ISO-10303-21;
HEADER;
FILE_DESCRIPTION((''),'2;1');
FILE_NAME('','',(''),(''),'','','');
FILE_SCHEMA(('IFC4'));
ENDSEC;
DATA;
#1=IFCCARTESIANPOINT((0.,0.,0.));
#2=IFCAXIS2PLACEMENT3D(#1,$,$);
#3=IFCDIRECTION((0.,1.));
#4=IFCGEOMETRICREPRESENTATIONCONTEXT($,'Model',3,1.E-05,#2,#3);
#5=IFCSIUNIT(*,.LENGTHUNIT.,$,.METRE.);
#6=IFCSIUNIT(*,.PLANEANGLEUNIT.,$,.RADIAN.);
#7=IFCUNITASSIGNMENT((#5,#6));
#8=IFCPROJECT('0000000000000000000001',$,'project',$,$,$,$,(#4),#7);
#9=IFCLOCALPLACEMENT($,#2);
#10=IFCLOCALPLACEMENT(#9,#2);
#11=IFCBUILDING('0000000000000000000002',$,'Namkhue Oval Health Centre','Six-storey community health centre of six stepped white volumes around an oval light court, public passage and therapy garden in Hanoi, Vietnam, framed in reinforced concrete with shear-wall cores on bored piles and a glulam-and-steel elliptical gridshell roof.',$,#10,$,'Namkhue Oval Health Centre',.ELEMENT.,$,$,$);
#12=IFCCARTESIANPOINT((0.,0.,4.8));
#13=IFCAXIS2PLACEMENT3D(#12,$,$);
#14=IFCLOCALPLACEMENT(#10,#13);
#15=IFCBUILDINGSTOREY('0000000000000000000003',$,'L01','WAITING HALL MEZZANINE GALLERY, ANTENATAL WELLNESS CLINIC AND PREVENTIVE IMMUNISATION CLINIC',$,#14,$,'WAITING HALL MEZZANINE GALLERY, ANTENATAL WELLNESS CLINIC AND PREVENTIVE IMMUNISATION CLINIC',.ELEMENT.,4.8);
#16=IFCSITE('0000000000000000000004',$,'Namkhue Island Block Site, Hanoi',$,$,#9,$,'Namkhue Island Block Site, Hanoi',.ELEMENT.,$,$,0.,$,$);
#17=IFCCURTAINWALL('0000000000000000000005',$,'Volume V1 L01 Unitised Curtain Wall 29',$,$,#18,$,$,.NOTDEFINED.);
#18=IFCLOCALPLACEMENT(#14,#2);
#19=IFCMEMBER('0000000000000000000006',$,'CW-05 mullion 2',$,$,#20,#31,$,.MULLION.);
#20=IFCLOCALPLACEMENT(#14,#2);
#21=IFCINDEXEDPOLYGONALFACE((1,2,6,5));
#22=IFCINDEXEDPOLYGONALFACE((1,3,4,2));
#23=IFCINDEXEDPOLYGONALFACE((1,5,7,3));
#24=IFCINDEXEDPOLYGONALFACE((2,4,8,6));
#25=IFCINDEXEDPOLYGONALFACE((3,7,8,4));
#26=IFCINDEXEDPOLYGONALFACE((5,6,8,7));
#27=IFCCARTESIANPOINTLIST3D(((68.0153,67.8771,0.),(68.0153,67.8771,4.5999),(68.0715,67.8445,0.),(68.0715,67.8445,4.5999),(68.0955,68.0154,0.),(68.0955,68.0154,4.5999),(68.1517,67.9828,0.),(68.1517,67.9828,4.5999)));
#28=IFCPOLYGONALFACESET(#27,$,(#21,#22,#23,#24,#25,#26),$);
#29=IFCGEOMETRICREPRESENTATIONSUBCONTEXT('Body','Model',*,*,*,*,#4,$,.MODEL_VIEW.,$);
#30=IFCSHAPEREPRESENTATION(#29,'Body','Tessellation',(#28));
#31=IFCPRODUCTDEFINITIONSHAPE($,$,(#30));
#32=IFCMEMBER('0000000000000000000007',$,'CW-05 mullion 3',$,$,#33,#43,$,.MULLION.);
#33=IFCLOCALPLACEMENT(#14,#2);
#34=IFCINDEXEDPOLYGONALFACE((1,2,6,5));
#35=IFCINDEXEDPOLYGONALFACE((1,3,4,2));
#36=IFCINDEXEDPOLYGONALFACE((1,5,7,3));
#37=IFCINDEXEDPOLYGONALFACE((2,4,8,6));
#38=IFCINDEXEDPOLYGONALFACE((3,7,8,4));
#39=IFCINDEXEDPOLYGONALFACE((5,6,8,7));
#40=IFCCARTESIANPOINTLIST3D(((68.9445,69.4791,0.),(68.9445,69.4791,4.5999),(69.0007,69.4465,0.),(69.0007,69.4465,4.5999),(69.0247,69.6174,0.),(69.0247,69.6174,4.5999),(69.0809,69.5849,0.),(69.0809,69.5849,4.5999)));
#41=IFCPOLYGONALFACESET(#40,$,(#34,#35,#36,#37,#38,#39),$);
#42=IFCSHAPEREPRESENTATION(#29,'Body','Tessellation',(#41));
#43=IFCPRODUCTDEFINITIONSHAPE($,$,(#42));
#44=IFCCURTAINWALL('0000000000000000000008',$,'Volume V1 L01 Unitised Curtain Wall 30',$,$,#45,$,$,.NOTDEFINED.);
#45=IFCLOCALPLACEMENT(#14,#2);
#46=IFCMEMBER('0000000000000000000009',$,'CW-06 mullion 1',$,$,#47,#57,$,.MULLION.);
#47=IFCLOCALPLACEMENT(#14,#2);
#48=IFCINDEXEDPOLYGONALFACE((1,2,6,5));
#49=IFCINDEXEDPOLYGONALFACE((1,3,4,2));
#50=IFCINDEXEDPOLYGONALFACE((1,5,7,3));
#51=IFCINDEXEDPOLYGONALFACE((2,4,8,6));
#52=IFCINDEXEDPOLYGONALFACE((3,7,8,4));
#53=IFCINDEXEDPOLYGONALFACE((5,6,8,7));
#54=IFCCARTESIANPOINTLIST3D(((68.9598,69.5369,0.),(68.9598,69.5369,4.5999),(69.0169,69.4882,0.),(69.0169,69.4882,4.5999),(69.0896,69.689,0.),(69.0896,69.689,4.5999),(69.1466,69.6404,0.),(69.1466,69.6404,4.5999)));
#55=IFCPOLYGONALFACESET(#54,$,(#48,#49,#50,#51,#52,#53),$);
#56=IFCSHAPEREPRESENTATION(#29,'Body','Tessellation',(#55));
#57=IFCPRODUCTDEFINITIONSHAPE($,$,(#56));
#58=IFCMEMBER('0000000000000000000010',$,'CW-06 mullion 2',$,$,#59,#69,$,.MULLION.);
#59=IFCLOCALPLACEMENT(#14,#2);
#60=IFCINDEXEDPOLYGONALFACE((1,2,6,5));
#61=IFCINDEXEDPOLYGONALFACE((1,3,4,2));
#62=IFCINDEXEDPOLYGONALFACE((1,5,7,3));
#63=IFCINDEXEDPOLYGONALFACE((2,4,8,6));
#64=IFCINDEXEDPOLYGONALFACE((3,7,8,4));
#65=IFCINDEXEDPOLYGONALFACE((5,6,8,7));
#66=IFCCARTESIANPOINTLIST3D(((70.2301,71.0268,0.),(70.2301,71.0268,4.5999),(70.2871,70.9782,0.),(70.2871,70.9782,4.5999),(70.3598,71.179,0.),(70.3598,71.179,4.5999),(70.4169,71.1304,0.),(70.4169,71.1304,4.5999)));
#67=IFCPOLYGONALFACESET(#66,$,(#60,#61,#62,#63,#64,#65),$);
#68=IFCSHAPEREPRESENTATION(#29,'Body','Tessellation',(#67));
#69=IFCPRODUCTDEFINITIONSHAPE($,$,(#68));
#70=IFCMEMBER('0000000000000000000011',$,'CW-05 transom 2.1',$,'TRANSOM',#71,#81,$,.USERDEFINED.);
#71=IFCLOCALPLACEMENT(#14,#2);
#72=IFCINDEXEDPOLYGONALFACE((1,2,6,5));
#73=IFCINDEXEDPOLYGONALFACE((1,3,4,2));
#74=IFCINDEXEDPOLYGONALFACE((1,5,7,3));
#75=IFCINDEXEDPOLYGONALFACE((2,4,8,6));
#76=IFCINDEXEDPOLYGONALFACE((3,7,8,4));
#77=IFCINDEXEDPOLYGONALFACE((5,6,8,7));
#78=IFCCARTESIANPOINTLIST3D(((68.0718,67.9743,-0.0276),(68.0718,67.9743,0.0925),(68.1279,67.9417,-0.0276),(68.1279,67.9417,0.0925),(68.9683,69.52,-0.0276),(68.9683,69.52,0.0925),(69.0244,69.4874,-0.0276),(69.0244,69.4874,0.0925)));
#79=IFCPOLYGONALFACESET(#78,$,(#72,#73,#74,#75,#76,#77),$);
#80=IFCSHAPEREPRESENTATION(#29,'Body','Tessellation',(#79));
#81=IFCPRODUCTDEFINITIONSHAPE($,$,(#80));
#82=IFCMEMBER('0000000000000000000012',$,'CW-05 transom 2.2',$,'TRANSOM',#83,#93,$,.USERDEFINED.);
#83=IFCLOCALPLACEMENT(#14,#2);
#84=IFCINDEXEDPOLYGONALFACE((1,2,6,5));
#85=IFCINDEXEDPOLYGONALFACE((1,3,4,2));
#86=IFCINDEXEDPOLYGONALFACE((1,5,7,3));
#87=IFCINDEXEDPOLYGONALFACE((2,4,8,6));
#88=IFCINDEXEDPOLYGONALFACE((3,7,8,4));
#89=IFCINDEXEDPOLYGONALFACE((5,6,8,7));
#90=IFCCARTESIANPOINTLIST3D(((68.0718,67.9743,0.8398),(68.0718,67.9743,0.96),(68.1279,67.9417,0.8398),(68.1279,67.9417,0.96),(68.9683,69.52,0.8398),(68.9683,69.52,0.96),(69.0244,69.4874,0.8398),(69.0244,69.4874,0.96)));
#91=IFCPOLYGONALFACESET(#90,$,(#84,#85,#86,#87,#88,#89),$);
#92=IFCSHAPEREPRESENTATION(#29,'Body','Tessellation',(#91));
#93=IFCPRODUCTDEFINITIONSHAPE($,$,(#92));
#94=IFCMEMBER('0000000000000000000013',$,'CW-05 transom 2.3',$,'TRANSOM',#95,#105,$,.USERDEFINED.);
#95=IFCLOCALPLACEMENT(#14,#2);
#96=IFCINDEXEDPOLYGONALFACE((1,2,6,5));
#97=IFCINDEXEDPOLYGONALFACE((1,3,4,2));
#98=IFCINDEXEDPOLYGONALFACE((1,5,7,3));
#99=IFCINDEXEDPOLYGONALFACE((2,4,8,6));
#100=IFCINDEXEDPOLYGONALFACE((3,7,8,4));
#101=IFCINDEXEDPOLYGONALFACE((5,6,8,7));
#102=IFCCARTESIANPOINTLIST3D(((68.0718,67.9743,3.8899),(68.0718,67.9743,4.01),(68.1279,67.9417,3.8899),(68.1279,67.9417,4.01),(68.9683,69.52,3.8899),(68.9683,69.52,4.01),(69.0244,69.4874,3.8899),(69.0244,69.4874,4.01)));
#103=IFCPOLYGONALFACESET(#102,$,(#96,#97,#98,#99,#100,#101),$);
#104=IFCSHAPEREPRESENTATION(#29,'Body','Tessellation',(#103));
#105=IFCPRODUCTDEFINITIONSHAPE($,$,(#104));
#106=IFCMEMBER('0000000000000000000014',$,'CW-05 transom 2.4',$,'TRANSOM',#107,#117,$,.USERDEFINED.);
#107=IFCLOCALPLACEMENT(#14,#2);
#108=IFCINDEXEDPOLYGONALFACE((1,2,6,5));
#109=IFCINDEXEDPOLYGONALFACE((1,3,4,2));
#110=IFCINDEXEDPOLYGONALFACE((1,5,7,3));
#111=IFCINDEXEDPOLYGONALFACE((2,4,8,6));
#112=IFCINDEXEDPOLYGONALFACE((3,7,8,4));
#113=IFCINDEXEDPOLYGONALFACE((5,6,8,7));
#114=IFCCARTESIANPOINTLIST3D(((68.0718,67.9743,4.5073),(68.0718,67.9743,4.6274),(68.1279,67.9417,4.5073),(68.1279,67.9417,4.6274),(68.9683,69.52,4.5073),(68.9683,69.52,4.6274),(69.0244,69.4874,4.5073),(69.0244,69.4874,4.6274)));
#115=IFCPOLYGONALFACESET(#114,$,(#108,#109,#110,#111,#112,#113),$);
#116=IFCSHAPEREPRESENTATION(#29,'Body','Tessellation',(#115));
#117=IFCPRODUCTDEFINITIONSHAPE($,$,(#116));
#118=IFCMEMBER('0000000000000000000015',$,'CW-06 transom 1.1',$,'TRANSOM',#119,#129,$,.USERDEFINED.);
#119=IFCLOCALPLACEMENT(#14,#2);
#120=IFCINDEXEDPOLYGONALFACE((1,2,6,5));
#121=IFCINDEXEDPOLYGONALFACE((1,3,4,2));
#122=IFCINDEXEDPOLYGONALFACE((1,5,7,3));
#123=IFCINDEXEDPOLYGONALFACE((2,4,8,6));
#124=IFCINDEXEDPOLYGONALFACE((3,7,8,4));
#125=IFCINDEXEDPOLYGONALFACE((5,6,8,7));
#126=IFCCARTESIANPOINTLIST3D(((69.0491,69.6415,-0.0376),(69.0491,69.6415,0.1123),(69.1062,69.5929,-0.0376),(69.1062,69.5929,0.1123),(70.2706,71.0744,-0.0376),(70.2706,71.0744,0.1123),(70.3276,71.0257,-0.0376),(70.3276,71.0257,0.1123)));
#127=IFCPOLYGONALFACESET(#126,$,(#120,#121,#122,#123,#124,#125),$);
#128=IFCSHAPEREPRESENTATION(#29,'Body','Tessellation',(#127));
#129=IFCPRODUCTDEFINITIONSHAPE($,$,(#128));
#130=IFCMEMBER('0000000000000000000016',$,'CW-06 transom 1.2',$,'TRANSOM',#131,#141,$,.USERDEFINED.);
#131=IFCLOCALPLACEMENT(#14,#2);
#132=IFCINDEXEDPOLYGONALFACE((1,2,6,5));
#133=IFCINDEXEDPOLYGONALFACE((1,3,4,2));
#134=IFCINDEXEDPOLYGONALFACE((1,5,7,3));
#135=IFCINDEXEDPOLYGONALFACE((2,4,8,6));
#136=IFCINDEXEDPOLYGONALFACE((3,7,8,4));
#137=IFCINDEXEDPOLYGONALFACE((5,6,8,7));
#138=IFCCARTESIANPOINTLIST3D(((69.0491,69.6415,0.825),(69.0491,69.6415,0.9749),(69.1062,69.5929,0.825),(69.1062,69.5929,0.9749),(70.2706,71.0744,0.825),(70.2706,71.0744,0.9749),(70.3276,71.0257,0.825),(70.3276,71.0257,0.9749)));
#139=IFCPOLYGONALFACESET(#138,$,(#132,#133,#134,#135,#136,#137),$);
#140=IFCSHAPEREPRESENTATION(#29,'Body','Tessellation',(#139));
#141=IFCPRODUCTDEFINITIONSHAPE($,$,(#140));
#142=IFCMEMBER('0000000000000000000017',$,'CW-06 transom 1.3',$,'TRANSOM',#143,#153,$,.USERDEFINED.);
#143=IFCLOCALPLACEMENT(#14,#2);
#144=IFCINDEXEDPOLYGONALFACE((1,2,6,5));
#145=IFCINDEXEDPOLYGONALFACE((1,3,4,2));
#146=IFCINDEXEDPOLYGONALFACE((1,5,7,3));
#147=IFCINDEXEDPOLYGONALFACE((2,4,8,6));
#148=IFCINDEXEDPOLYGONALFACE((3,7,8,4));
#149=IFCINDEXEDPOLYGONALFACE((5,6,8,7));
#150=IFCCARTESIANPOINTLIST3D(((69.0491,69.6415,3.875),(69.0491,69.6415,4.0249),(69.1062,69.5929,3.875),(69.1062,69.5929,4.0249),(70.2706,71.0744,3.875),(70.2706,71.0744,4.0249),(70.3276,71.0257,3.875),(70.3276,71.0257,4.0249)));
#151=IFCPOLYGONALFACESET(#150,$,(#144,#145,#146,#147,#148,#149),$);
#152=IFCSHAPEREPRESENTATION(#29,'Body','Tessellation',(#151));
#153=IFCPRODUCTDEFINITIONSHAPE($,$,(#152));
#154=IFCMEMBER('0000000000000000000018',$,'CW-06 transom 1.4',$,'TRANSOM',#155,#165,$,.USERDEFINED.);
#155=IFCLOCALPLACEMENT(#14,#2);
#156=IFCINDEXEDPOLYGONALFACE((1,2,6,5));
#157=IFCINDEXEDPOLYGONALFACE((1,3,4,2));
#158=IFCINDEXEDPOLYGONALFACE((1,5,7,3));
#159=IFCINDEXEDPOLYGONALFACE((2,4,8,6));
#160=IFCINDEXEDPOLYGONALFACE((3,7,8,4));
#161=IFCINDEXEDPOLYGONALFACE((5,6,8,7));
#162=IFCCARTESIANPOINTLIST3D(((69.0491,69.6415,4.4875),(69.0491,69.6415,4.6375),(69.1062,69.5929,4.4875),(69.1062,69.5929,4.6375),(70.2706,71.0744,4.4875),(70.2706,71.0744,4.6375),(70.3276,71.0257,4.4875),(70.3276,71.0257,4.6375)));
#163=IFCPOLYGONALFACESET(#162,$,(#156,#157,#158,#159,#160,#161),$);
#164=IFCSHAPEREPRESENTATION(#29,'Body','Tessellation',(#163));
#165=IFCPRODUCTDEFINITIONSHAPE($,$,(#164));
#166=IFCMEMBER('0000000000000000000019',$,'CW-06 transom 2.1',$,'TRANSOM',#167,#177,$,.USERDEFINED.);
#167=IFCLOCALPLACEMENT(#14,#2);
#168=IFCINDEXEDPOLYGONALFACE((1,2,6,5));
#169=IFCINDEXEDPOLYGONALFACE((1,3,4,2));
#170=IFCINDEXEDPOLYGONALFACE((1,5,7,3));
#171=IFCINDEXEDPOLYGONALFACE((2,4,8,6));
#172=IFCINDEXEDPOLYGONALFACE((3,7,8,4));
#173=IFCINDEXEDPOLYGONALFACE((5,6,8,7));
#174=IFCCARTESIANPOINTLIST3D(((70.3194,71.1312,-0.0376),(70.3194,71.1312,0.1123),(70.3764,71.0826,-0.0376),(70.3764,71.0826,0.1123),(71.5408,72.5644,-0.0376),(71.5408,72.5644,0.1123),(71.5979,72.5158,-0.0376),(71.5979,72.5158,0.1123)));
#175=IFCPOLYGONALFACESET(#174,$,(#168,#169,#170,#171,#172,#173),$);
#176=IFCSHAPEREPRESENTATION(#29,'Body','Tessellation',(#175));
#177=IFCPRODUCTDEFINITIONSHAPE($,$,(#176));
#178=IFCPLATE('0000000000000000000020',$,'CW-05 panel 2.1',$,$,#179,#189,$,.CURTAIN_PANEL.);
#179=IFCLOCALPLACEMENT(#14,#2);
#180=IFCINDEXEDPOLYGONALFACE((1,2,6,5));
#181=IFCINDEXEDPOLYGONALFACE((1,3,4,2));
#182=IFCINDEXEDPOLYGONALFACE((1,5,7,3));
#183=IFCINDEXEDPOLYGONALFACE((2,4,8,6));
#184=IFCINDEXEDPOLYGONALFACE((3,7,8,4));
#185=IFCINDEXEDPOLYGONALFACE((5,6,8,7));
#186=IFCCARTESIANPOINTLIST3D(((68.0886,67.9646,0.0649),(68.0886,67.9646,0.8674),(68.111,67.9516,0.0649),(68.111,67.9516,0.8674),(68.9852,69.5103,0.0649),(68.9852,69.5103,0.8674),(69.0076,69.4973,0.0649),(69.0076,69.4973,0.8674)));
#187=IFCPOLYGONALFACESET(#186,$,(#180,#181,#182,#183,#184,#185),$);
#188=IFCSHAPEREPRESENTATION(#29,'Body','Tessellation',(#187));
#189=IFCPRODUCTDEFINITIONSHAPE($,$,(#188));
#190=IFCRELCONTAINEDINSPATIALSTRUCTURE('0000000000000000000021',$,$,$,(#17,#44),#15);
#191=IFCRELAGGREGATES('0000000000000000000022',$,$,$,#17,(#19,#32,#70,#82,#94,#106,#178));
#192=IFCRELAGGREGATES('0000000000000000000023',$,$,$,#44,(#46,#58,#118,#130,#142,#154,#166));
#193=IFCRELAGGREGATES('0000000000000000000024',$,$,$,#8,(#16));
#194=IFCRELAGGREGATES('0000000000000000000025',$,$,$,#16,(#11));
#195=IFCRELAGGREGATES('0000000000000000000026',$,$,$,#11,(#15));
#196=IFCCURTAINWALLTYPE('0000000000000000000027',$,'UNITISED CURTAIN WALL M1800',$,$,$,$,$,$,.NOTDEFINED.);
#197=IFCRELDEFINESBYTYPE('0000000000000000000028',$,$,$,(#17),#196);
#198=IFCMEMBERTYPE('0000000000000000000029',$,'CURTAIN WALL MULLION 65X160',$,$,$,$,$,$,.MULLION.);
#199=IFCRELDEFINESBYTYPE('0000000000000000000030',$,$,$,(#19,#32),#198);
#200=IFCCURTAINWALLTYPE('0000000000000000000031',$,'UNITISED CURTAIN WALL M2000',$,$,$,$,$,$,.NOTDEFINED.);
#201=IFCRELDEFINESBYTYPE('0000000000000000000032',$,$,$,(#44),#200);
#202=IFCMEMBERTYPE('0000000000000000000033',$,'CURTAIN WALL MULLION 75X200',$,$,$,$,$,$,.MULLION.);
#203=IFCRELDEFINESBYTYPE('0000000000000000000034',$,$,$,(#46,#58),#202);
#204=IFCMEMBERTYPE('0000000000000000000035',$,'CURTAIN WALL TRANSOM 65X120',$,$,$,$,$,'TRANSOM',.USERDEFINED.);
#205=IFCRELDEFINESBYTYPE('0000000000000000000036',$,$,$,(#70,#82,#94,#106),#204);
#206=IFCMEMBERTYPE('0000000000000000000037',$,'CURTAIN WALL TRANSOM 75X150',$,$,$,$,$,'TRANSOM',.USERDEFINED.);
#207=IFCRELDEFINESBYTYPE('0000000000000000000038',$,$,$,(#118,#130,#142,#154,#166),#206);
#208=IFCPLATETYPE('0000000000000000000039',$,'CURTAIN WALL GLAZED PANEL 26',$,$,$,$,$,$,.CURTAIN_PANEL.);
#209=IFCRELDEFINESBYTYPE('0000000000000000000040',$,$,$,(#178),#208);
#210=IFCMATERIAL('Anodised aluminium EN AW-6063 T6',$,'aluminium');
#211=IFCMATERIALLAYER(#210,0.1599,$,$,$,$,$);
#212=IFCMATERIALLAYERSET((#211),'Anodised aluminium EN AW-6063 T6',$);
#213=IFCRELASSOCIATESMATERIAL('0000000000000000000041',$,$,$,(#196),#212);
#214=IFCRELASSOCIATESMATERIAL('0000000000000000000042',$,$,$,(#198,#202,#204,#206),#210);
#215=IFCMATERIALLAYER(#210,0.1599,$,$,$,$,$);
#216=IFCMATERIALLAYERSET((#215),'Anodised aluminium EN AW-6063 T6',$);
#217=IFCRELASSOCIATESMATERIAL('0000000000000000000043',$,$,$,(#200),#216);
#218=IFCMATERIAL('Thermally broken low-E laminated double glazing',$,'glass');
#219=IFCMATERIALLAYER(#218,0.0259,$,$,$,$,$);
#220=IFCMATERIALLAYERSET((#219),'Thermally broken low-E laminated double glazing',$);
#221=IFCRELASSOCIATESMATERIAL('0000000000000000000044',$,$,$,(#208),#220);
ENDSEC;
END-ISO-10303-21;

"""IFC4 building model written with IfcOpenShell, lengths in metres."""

from ifc_helpers import new_model, si_unit, direction, frame, origin, origin_2d, place, context, subcontext, project, spatial, rectangle, extrude, material, layer, layer_set, material_profile, profile_set, type_object, element, aggregate, save


model = new_model("IFC4")

# Units and contexts
model_context = context("Model", 3, precision=1e-05, world=origin(), true_north=direction((0.0, 1.0)))
body_context = subcontext(model_context, "Body", "Model", "MODEL_VIEW")
ifc_project = project(units=[si_unit("LENGTHUNIT", "METRE"), si_unit("PLANEANGLEUNIT", "RADIAN")], contexts=[model_context])

# Site, building, storey
site_placement = place(None, origin())
site = spatial("IfcSite", under=ifc_project, at=site_placement, Name="Namkhue Island Block Site, Hanoi", LongName="Namkhue Island Block Site, Hanoi", CompositionType="ELEMENT", RefElevation=0.0)
building_placement = place(site_placement, origin())
building = spatial("IfcBuilding", under=site, at=building_placement, Name="Namkhue Oval Health Centre", Description="Six-storey community health centre of six stepped white volumes around an oval light court, public passage and therapy garden in Hanoi, Vietnam, framed in reinforced concrete with shear-wall cores on bored piles and a glulam-and-steel elliptical gridshell roof.", LongName="Namkhue Oval Health Centre", CompositionType="ELEMENT")
storey_placement = place(building_placement, frame((0.0, 0.0, 4.8)))
storey = spatial("IfcBuildingStorey", under=building, at=storey_placement, Name="L01", Description="WAITING HALL MEZZANINE GALLERY, ANTENATAL WELLNESS CLINIC AND PREVENTIVE IMMUNISATION CLINIC", LongName="WAITING HALL MEZZANINE GALLERY, ANTENATAL WELLNESS CLINIC AND PREVENTIVE IMMUNISATION CLINIC", CompositionType="ELEMENT", Elevation=4.8)

# Curtain walls, members
ifc_material_1 = material(Name="Anodised aluminium EN AW-6063 T6", Category="aluminium")
ifc_layer_1 = layer(ifc_material_1, 0.1599)
ifc_layer_set_1 = layer_set([ifc_layer_1], Name="Anodised aluminium EN AW-6063 T6")
curtain_wall_type_1 = type_object("IfcCurtainWallType", Name="UNITISED CURTAIN WALL M1800", PredefinedType="NOTDEFINED", material=ifc_layer_set_1)
curtain_wall_1_placement = place(storey_placement, origin())
curtain_wall_1 = element("IfcCurtainWall", 1, at=curtain_wall_1_placement, inside=storey, type_object=curtain_wall_type_1, Name="Volume V1 L01 Unitised Curtain Wall 29", PredefinedType="NOTDEFINED")
ifc_material_profile_1 = material_profile(ifc_material_1, rectangle(XDim=0.0649, YDim=0.1599, at=origin_2d()), Name="ALU 65x160")
ifc_profile_set_1 = profile_set([ifc_material_profile_1], Name="Anodised aluminium EN AW-6063 T6")
member_type_1 = type_object("IfcMemberType", Name="CURTAIN WALL MULLION 65X160", PredefinedType="MULLION", material=ifc_profile_set_1)
member_1_placement = place(storey_placement, frame((68.0835, 67.9299, 0.0), z_axis=(0.0, 0.0, 1.0), x_axis=(-0.865008, 0.501758, 0.0)))
member_1 = element("IfcMember", 2, at=member_1_placement, type_object=member_type_1, Name="CW-05 mullion 2", PredefinedType="MULLION", context=body_context, shape_type="SweptSolid", body=[
    extrude(rectangle(XDim=0.0649, YDim=0.1599, at=origin_2d()), origin(), (0.0, 0.0, 1.0), 4.5999),
])
member_2_placement = place(storey_placement, frame((69.0127, 69.532, 0.0), z_axis=(0.0, 0.0, 1.0), x_axis=(-0.865008, 0.501758, 0.0)))
member_2 = element("IfcMember", 3, at=member_2_placement, type_object=member_type_1, Name="CW-05 mullion 3", PredefinedType="MULLION", context=body_context, shape_type="SweptSolid", body=[
    extrude(rectangle(XDim=0.0649, YDim=0.1599, at=origin_2d()), origin(), (0.0, 0.0, 1.0), 4.5999),
])
ifc_layer_2 = layer(ifc_material_1, 0.1599)
ifc_layer_set_2 = layer_set([ifc_layer_2], Name="Anodised aluminium EN AW-6063 T6")
curtain_wall_type_2 = type_object("IfcCurtainWallType", Name="UNITISED CURTAIN WALL M2000", PredefinedType="NOTDEFINED", material=ifc_layer_set_2)
curtain_wall_2_placement = place(storey_placement, origin())
curtain_wall_2 = element("IfcCurtainWall", 4, at=curtain_wall_2_placement, inside=storey, type_object=curtain_wall_type_2, Name="Volume V1 L01 Unitised Curtain Wall 30", PredefinedType="NOTDEFINED")
ifc_material_profile_2 = material_profile(ifc_material_1, rectangle(XDim=0.075, YDim=0.2, at=origin_2d()), Name="ALU 75x200")
ifc_profile_set_2 = profile_set([ifc_material_profile_2], Name="Anodised aluminium EN AW-6063 T6")
member_type_2 = type_object("IfcMemberType", Name="CURTAIN WALL MULLION 75X200", PredefinedType="MULLION", material=ifc_profile_set_2)
member_3_placement = place(storey_placement, frame((69.0532, 69.5886, 0.0), z_axis=(0.0, 0.0, 1.0), x_axis=(-0.761005, 0.648746, 0.0)))
member_3 = element("IfcMember", 5, at=member_3_placement, type_object=member_type_2, Name="CW-06 mullion 1", PredefinedType="MULLION", context=body_context, shape_type="SweptSolid", body=[
    extrude(rectangle(XDim=0.075, YDim=0.2, at=origin_2d()), origin(), (0.0, 0.0, 1.0), 4.5999),
])
member_4_placement = place(storey_placement, frame((70.3235, 71.0786, 0.0), z_axis=(0.0, 0.0, 1.0), x_axis=(-0.761005, 0.648746, 0.0)))
member_4 = element("IfcMember", 6, at=member_4_placement, type_object=member_type_2, Name="CW-06 mullion 2", PredefinedType="MULLION", context=body_context, shape_type="SweptSolid", body=[
    extrude(rectangle(XDim=0.075, YDim=0.2, at=origin_2d()), origin(), (0.0, 0.0, 1.0), 4.5999),
])

# Members
ifc_material_profile_3 = material_profile(ifc_material_1, rectangle(XDim=0.0649, YDim=0.1201, at=origin_2d()), Name="ALU 65x120")
ifc_profile_set_3 = profile_set([ifc_material_profile_3], Name="Anodised aluminium EN AW-6063 T6")
member_type_3 = type_object("IfcMemberType", Name="CURTAIN WALL TRANSOM 65X120", ElementType="TRANSOM", PredefinedType="USERDEFINED", material=ifc_profile_set_3)
member_5_placement = place(storey_placement, frame((68.0999, 67.958, 0.0325), z_axis=(0.50172, 0.86503, 0.0), x_axis=(-0.86503, 0.50172, 0.0)))
member_5 = element("IfcMember", 7, at=member_5_placement, type_object=member_type_3, Name="CW-05 transom 2.1", ObjectType="TRANSOM", PredefinedType="USERDEFINED", context=body_context, shape_type="SweptSolid", body=[
    extrude(rectangle(XDim=0.0649, YDim=0.1201, at=origin_2d()), origin(), (0.0, 0.0, 1.0), 1.7869),
])
member_6_placement = place(storey_placement, frame((68.0999, 67.958, 0.8999), z_axis=(0.50172, 0.86503, 0.0), x_axis=(-0.86503, 0.50172, 0.0)))
member_6 = element("IfcMember", 8, at=member_6_placement, type_object=member_type_3, Name="CW-05 transom 2.2", ObjectType="TRANSOM", PredefinedType="USERDEFINED", context=body_context, shape_type="SweptSolid", body=[
    extrude(rectangle(XDim=0.0649, YDim=0.1201, at=origin_2d()), origin(), (0.0, 0.0, 1.0), 1.7869),
])
member_7_placement = place(storey_placement, frame((68.0999, 67.958, 3.95), z_axis=(0.50172, 0.86503, 0.0), x_axis=(-0.86503, 0.50172, 0.0)))
member_7 = element("IfcMember", 9, at=member_7_placement, type_object=member_type_3, Name="CW-05 transom 2.3", ObjectType="TRANSOM", PredefinedType="USERDEFINED", context=body_context, shape_type="SweptSolid", body=[
    extrude(rectangle(XDim=0.0649, YDim=0.1201, at=origin_2d()), origin(), (0.0, 0.0, 1.0), 1.7869),
])
member_8_placement = place(storey_placement, frame((68.0999, 67.958, 4.5674), z_axis=(0.50172, 0.86503, 0.0), x_axis=(-0.86503, 0.50172, 0.0)))
member_8 = element("IfcMember", 10, at=member_8_placement, type_object=member_type_3, Name="CW-05 transom 2.4", ObjectType="TRANSOM", PredefinedType="USERDEFINED", context=body_context, shape_type="SweptSolid", body=[
    extrude(rectangle(XDim=0.0649, YDim=0.1201, at=origin_2d()), origin(), (0.0, 0.0, 1.0), 1.7869),
])
ifc_material_profile_4 = material_profile(ifc_material_1, rectangle(XDim=0.075, YDim=0.1499, at=origin_2d()), Name="ALU 75x150")
ifc_profile_set_4 = profile_set([ifc_material_profile_4], Name="Anodised aluminium EN AW-6063 T6")
member_type_4 = type_object("IfcMemberType", Name="CURTAIN WALL TRANSOM 75X150", ElementType="TRANSOM", PredefinedType="USERDEFINED", material=ifc_profile_set_4)
member_9_placement = place(storey_placement, frame((69.0776, 69.6172, 0.0374), z_axis=(0.648728, 0.76102, 0.0), x_axis=(-0.76102, 0.648728, 0.0)))
member_9 = element("IfcMember", 11, at=member_9_placement, type_object=member_type_4, Name="CW-06 transom 1.1", ObjectType="TRANSOM", PredefinedType="USERDEFINED", context=body_context, shape_type="SweptSolid", body=[
    extrude(rectangle(XDim=0.075, YDim=0.1499, at=origin_2d()), origin(), (0.0, 0.0, 1.0), 1.8828),
])
member_10_placement = place(storey_placement, frame((69.0776, 69.6172, 0.8999), z_axis=(0.648728, 0.76102, 0.0), x_axis=(-0.76102, 0.648728, 0.0)))
member_10 = element("IfcMember", 12, at=member_10_placement, type_object=member_type_4, Name="CW-06 transom 1.2", ObjectType="TRANSOM", PredefinedType="USERDEFINED", context=body_context, shape_type="SweptSolid", body=[
    extrude(rectangle(XDim=0.075, YDim=0.1499, at=origin_2d()), origin(), (0.0, 0.0, 1.0), 1.8828),
])
member_11_placement = place(storey_placement, frame((69.0776, 69.6172, 3.95), z_axis=(0.648728, 0.76102, 0.0), x_axis=(-0.76102, 0.648728, 0.0)))
member_11 = element("IfcMember", 13, at=member_11_placement, type_object=member_type_4, Name="CW-06 transom 1.3", ObjectType="TRANSOM", PredefinedType="USERDEFINED", context=body_context, shape_type="SweptSolid", body=[
    extrude(rectangle(XDim=0.075, YDim=0.1499, at=origin_2d()), origin(), (0.0, 0.0, 1.0), 1.8828),
])
member_12_placement = place(storey_placement, frame((69.0776, 69.6172, 4.5625), z_axis=(0.648728, 0.76102, 0.0), x_axis=(-0.76102, 0.648728, 0.0)))
member_12 = element("IfcMember", 14, at=member_12_placement, type_object=member_type_4, Name="CW-06 transom 1.4", ObjectType="TRANSOM", PredefinedType="USERDEFINED", context=body_context, shape_type="SweptSolid", body=[
    extrude(rectangle(XDim=0.075, YDim=0.1499, at=origin_2d()), origin(), (0.0, 0.0, 1.0), 1.8828),
])
member_13_placement = place(storey_placement, frame((70.3479, 71.1069, 0.0374), z_axis=(0.648664, 0.761075, 0.0), x_axis=(-0.761075, 0.648664, 0.0)))
member_13 = element("IfcMember", 15, at=member_13_placement, type_object=member_type_4, Name="CW-06 transom 2.1", ObjectType="TRANSOM", PredefinedType="USERDEFINED", context=body_context, shape_type="SweptSolid", body=[
    extrude(rectangle(XDim=0.075, YDim=0.1499, at=origin_2d()), origin(), (0.0, 0.0, 1.0), 1.8831),
])

# Plate
ifc_material_2 = material(Name="Thermally broken low-E laminated double glazing", Category="glass")
ifc_layer_3 = layer(ifc_material_2, 0.0259)
ifc_layer_set_3 = layer_set([ifc_layer_3], Name="Thermally broken low-E laminated double glazing")
plate_type_1 = type_object("IfcPlateType", Name="CURTAIN WALL GLAZED PANEL 26", PredefinedType="CURTAIN_PANEL", material=ifc_layer_set_3)
plate_1_placement = place(storey_placement, frame((68.5481, 68.731, 0.0649), z_axis=(0.0, 0.0, 1.0), x_axis=(0.501758, 0.865008, 0.0)))
plate_1 = element("IfcPlate", 16, at=plate_1_placement, type_object=plate_type_1, Name="CW-05 panel 2.1", PredefinedType="CURTAIN_PANEL", context=body_context, shape_type="SweptSolid", body=[
    extrude(rectangle(XDim=1.7869, YDim=0.0259, at=origin_2d()), origin(), (0.0, 0.0, 1.0), 0.8025),
])
aggregate(curtain_wall_1, [member_1, member_2, member_5, member_6, member_7, member_8, plate_1])
aggregate(curtain_wall_2, [member_3, member_4, member_9, member_10, member_11, member_12, member_13])

save(model, "model.ifc")
